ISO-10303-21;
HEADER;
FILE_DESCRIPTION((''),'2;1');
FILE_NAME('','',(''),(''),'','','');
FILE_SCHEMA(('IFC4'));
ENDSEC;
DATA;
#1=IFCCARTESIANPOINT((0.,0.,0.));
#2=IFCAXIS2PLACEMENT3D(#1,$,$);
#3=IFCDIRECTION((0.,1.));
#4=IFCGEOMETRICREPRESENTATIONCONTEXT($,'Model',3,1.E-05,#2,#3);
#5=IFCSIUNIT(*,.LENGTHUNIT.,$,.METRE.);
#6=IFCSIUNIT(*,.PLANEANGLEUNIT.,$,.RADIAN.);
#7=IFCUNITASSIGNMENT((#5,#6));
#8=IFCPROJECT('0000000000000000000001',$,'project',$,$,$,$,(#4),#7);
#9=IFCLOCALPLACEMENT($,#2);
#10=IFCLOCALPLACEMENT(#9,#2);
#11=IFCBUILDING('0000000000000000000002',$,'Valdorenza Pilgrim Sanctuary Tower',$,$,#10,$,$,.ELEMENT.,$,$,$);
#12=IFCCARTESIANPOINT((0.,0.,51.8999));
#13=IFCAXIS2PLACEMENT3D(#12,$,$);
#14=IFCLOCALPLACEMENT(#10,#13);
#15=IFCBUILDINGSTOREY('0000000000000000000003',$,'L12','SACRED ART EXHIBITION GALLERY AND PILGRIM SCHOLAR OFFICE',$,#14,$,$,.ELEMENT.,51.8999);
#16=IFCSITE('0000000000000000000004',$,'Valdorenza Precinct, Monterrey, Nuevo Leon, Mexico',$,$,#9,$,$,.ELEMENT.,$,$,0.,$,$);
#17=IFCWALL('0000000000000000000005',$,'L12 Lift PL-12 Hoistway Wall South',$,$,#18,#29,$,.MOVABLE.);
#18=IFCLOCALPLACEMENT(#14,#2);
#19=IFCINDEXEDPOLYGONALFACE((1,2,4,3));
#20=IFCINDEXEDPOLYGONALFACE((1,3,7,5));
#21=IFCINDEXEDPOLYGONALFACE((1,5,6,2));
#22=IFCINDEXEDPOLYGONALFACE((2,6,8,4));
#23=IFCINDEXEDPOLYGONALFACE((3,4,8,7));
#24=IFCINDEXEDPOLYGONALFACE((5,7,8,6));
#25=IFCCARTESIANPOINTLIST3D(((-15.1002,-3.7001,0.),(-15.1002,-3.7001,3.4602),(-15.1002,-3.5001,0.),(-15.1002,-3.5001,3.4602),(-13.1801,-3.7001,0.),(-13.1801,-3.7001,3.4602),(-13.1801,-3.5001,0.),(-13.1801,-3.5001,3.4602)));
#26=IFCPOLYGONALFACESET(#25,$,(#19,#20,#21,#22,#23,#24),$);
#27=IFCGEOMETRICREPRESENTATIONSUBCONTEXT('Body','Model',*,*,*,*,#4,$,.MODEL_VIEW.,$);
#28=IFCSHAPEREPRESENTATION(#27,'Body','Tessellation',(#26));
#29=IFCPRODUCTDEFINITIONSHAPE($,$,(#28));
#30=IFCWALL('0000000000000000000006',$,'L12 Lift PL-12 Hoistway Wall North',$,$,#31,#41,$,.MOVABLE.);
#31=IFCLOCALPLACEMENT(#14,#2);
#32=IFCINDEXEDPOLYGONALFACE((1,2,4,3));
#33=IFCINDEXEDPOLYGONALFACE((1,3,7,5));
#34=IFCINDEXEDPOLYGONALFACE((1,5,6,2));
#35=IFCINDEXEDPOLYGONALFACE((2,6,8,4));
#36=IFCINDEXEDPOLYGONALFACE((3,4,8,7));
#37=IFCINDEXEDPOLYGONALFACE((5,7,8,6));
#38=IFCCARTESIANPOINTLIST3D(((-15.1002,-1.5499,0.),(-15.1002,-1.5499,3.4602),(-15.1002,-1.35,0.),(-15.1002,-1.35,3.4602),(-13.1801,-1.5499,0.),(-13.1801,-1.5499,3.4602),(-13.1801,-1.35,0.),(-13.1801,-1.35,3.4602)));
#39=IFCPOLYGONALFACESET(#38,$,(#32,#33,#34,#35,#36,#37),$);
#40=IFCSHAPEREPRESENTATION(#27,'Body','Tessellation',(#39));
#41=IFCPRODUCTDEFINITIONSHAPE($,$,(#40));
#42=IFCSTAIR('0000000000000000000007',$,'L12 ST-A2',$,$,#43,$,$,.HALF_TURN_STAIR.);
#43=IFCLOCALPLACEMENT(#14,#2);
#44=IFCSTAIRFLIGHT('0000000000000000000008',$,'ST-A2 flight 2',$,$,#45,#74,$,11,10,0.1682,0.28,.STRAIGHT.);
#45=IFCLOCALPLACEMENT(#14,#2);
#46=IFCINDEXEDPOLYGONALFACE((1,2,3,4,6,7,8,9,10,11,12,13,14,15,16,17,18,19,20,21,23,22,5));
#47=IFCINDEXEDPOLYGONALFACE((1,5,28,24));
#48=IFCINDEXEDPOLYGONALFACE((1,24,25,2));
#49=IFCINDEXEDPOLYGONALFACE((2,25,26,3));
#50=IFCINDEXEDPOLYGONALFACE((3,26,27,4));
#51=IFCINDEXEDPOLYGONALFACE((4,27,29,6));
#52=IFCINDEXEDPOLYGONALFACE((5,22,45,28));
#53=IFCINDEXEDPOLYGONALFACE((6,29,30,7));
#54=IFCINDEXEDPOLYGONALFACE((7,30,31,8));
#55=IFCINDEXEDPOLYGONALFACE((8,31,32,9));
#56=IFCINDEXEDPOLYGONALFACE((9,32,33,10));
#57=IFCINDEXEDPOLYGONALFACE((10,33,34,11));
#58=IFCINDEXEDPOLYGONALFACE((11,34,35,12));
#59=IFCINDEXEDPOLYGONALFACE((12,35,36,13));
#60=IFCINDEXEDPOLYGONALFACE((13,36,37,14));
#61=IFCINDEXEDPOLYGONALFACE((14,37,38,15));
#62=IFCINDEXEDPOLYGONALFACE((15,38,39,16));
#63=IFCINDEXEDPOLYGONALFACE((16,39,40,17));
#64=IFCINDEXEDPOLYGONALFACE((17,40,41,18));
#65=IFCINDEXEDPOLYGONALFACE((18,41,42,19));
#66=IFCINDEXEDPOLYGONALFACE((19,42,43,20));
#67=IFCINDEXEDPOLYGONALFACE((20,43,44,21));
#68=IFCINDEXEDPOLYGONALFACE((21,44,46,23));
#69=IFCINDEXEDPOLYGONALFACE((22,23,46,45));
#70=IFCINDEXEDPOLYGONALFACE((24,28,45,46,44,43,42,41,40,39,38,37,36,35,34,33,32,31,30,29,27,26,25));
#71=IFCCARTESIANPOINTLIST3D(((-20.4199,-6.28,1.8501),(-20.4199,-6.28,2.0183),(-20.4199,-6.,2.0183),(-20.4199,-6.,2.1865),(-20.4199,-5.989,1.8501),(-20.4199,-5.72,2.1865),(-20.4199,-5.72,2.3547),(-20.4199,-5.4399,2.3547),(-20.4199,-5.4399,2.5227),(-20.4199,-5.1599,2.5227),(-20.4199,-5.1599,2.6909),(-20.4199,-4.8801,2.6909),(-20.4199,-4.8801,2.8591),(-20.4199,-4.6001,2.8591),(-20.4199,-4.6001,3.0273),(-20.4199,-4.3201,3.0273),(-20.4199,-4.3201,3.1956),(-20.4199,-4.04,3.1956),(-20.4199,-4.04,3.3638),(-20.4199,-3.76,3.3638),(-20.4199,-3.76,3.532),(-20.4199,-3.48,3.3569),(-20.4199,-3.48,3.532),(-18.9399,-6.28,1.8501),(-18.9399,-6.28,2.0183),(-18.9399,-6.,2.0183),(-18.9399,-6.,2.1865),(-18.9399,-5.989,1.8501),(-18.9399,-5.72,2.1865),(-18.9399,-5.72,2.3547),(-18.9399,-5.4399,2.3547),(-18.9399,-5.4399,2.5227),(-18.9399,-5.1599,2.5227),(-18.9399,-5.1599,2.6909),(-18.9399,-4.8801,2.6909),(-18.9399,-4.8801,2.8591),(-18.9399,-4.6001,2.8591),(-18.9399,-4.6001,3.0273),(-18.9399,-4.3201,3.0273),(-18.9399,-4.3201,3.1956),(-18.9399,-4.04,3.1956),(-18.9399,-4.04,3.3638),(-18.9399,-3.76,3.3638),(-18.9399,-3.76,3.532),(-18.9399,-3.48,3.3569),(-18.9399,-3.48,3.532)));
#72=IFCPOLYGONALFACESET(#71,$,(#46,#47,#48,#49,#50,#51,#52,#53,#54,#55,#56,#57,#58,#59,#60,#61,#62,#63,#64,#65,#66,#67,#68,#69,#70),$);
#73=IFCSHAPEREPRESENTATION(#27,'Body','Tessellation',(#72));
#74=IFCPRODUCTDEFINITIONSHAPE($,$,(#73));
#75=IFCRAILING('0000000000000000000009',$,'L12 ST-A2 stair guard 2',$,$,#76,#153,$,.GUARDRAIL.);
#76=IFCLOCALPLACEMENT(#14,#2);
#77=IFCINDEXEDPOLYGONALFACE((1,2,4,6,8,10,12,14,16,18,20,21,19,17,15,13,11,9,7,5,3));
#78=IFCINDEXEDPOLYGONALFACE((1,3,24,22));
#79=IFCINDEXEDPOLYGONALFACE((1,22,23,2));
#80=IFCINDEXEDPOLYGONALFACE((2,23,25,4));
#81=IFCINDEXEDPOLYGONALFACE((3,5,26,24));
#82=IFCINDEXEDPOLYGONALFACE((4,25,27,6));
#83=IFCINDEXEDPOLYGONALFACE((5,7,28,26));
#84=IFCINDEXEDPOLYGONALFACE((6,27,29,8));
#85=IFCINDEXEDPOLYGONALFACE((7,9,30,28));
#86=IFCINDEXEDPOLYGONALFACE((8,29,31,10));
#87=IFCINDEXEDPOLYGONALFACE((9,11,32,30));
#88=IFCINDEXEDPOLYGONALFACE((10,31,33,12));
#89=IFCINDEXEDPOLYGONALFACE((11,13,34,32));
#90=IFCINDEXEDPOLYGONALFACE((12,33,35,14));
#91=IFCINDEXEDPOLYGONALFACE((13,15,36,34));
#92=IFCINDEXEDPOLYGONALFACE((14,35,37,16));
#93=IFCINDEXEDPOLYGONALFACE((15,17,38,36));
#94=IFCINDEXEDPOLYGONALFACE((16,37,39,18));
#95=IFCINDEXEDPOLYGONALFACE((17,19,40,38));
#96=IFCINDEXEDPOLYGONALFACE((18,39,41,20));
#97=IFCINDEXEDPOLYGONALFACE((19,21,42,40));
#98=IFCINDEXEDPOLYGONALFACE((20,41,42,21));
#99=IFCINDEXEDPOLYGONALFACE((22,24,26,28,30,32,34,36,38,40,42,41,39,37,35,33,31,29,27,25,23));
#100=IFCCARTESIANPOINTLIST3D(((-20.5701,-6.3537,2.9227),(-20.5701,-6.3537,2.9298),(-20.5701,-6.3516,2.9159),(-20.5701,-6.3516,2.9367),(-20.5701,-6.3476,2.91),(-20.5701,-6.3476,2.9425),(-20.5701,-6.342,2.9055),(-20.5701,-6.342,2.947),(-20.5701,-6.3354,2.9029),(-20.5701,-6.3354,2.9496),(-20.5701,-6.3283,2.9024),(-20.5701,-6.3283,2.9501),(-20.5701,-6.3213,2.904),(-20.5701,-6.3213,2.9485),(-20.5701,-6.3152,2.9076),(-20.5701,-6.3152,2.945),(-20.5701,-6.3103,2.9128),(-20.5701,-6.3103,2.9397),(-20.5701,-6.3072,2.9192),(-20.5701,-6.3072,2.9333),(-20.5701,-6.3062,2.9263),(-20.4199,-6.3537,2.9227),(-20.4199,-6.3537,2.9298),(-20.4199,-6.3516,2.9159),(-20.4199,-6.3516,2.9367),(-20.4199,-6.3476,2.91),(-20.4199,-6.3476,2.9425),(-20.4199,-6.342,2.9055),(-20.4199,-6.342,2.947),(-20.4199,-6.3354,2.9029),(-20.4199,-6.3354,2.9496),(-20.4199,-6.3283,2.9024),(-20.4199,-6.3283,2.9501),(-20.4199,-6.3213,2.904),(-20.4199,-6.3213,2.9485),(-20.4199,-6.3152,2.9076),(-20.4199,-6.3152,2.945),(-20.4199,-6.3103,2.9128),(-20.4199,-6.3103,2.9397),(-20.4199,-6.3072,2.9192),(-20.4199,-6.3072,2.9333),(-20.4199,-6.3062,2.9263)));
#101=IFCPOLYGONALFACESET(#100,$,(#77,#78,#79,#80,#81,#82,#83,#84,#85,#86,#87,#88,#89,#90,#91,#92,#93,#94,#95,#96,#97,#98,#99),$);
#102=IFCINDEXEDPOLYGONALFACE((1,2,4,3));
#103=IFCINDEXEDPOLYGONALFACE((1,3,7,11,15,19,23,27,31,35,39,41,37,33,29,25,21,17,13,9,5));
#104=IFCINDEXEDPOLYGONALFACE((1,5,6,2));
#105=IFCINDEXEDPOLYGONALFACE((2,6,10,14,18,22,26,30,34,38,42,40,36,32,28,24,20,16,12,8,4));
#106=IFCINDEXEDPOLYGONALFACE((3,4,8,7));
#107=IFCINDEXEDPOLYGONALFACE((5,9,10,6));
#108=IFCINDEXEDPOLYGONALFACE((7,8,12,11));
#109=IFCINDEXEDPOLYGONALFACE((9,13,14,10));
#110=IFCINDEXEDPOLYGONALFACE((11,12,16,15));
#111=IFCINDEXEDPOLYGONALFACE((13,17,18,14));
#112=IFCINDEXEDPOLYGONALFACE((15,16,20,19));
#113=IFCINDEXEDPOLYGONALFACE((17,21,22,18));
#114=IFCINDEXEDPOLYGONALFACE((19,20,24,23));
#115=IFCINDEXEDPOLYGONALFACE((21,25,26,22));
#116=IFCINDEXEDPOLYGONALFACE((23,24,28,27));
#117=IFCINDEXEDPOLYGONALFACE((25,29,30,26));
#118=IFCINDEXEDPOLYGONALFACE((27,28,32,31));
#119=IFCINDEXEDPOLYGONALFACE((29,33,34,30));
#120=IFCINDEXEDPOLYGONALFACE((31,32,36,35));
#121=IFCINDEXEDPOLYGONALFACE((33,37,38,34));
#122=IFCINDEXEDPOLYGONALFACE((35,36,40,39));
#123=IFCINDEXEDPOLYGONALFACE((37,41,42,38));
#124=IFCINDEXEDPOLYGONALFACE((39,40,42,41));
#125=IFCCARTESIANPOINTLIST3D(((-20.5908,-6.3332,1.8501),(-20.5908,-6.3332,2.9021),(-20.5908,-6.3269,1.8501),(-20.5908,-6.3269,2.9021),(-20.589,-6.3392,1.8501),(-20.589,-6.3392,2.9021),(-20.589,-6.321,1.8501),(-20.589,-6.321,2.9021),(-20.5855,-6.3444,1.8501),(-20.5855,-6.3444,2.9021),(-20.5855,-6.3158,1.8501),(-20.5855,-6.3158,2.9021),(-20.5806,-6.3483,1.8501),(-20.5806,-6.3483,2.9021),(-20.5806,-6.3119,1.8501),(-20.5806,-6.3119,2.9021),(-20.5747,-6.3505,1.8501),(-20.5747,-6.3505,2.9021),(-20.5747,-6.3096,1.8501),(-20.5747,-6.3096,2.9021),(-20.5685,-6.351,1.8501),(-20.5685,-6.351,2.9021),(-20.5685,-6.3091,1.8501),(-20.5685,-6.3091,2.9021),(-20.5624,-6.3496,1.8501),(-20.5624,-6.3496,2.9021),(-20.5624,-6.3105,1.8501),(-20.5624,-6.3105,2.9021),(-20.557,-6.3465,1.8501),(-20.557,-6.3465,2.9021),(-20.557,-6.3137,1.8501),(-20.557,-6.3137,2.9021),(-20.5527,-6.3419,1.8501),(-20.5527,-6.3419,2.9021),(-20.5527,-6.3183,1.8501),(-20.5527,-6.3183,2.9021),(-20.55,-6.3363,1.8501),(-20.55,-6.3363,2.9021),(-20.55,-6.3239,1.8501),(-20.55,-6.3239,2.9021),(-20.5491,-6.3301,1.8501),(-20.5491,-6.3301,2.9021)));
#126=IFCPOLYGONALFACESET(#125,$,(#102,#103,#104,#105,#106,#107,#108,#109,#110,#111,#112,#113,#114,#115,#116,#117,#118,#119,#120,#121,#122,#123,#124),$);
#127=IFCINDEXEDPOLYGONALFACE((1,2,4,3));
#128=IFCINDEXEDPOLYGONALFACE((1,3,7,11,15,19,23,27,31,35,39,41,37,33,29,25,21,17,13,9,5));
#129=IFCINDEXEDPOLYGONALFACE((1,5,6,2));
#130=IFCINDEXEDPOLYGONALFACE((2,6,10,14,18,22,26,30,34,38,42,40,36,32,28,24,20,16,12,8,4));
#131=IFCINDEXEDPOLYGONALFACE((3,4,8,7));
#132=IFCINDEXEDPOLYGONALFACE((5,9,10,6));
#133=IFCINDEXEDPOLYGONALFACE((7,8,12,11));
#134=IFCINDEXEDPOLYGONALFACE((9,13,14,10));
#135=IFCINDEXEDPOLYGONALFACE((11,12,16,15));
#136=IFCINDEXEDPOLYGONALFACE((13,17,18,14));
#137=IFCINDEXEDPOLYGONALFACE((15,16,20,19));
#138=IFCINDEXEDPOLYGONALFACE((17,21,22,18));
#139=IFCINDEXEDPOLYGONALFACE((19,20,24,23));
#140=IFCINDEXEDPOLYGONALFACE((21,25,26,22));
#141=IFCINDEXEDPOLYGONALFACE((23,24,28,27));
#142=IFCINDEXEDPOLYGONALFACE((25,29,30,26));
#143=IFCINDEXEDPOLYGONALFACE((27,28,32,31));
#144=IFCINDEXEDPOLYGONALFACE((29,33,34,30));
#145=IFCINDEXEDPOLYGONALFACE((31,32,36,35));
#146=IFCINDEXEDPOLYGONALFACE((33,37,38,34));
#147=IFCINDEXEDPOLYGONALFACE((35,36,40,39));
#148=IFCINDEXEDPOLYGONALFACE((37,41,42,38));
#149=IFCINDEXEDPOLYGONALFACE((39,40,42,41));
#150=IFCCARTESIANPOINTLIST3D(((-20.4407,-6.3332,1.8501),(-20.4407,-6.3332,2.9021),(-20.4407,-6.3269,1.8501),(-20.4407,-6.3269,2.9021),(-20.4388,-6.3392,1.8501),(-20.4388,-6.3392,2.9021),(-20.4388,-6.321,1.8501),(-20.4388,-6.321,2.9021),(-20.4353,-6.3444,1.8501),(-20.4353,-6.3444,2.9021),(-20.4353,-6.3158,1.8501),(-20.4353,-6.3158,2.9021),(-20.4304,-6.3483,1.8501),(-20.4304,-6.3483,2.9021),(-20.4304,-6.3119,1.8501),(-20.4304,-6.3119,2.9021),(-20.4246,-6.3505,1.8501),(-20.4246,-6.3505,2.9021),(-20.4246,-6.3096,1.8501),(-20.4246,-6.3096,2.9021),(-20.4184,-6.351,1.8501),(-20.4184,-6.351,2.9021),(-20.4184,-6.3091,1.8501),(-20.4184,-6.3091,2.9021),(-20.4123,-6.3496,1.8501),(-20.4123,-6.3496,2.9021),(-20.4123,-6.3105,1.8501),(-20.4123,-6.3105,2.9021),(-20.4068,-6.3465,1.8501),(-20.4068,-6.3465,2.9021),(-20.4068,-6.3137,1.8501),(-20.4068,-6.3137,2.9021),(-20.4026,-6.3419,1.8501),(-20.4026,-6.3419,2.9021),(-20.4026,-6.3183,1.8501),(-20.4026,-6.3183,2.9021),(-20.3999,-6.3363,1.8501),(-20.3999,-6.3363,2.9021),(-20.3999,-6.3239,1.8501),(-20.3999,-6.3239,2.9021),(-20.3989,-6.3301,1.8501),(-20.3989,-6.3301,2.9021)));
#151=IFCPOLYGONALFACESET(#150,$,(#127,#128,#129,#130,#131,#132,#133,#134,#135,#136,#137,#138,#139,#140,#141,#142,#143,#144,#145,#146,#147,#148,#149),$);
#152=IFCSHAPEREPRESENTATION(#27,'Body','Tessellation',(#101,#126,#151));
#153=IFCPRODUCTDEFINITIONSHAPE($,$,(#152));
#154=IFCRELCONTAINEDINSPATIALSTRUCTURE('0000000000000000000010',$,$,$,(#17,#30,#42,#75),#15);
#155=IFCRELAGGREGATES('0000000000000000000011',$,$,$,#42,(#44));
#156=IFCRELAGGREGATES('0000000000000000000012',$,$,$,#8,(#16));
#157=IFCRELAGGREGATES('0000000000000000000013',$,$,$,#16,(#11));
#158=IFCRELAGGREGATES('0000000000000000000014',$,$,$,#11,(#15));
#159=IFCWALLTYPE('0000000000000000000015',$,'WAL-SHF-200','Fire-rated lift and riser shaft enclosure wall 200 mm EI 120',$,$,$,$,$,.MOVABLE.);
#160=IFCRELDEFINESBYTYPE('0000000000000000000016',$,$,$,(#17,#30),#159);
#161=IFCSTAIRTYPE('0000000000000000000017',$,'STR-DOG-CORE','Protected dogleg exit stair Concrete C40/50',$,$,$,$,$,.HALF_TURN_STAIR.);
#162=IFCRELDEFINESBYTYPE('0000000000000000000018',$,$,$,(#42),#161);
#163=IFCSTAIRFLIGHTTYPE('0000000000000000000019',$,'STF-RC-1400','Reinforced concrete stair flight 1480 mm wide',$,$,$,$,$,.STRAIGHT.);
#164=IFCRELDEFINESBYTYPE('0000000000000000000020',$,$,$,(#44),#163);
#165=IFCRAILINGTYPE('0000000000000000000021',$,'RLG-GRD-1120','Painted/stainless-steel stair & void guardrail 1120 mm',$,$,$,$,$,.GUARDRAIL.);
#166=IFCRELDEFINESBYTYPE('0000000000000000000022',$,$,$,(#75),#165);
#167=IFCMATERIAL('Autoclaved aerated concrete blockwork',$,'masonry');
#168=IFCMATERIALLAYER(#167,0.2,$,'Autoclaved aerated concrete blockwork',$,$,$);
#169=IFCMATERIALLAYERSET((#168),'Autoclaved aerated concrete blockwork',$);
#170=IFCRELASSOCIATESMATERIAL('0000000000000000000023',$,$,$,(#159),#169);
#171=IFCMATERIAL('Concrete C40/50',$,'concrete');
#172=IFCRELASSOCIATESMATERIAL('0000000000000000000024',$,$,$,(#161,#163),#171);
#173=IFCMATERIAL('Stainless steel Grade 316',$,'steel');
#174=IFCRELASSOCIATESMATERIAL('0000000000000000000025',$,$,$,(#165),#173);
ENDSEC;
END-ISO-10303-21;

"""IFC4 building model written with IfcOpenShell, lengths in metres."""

from ifc_helpers import new_model, si_unit, direction, frame, frame_2d, origin, origin_2d, place, context, subcontext, project, spatial, polyline, rectangle, circle, outline, extrude, material, layer, layer_set, type_object, element, aggregate, save


model = new_model("IFC4")

# Units and contexts
model_context = context("Model", 3, precision=1e-05, world=origin(), true_north=direction((0.0, 1.0)))
body_context = subcontext(model_context, "Body", "Model", "MODEL_VIEW")
ifc_project = project(units=[si_unit("LENGTHUNIT", "METRE"), si_unit("PLANEANGLEUNIT", "RADIAN")], contexts=[model_context])

# Site, building, storey
site_placement = place(None, origin())
site = spatial("IfcSite", under=ifc_project, at=site_placement, Name="Valdorenza Precinct, Monterrey, Nuevo Leon, Mexico", CompositionType="ELEMENT", RefElevation=0.0)
building_placement = place(site_placement, origin())
building = spatial("IfcBuilding", under=site, at=building_placement, Name="Valdorenza Pilgrim Sanctuary Tower", CompositionType="ELEMENT")
storey_placement = place(building_placement, frame((0.0, 0.0, 51.8999)))
storey = spatial("IfcBuildingStorey", under=building, at=storey_placement, Name="L12", Description="SACRED ART EXHIBITION GALLERY AND PILGRIM SCHOLAR OFFICE", CompositionType="ELEMENT", Elevation=51.8999)

# Shared definitions
ifc_material_1 = material(Name="Autoclaved aerated concrete blockwork", Category="masonry")
ifc_layer_1 = layer(ifc_material_1, 0.2, Name="Autoclaved aerated concrete blockwork")
ifc_layer_set_1 = layer_set([ifc_layer_1], Name="Autoclaved aerated concrete blockwork")
wall_type_1 = type_object("IfcWallType", Name="WAL-SHF-200", Description="Fire-rated lift and riser shaft enclosure wall 200 mm EI 120", PredefinedType="MOVABLE", material=ifc_layer_set_1)

# Walls
for number, where, z_axis, x_axis, name in (
    (1, (-15.1001, -3.6001, 0.0), (0.0, 0.0, 1.0), (1.0, 0.0, 0.0), "L12 Lift PL-12 Hoistway Wall South"),
    (2, (-15.1001, -1.45, 0.0), (0.0, 0.0, 1.0), (1.0, 0.0, 0.0), "L12 Lift PL-12 Hoistway Wall North"),
):
    element("IfcWall", number, at=place(storey_placement, frame(where, z_axis=z_axis, x_axis=x_axis)), inside=storey, type_object=wall_type_1, Name=name, PredefinedType="MOVABLE", context=body_context, shape_type="SweptSolid", body=[
        extrude(rectangle(XDim=1.9202, YDim=0.2, at=frame_2d((0.96, 0.0))), origin(), (0.0, 0.0, 1.0), 3.4602),
    ])

# Stair, stair flight
ifc_material_2 = material(Name="Concrete C40/50", Category="concrete")
stair_type = type_object("IfcStairType", Name="STR-DOG-CORE", Description="Protected dogleg exit stair Concrete C40/50", PredefinedType="HALF_TURN_STAIR", material=ifc_material_2)
stair_placement = place(storey_placement, origin())
stair = element("IfcStair", 3, at=stair_placement, inside=storey, type_object=stair_type, Name="L12 ST-A2", PredefinedType="HALF_TURN_STAIR")
stair_flight_type = type_object("IfcStairFlightType", Name="STF-RC-1400", Description="Reinforced concrete stair flight 1480 mm wide", PredefinedType="STRAIGHT", material=ifc_material_2)
stair_flight_placement = place(storey_placement, frame((-19.6799, -6.28, 1.8501), z_axis=(0.0, 0.0, 1.0), x_axis=(0.0, 1.0, 0.0)))
stair_flight = element("IfcStairFlight", 4, at=stair_flight_placement, type_object=stair_flight_type, Name="ST-A2 flight 2", NumberOfRisers=11, NumberOfTreads=10, PredefinedType="STRAIGHT", RiserHeight=0.1682, TreadLength=0.28, context=body_context, shape_type="SweptSolid", body=[
    extrude(outline(polyline([(0.0, 0.0), (0.0, 0.1682), (0.28, 0.1682), (0.28, 0.3364), (0.5601, 0.3364), (0.5601, 0.5046), (0.8401, 0.5046), (0.8401, 0.6726), (1.1201, 0.6726), (1.1201, 0.8408), (1.3999, 0.8408), (1.3999, 1.009), (1.6799, 1.009), (1.6799, 1.1772), (1.96, 1.1772), (1.96, 1.3455), (2.24, 1.3455), (2.24, 1.5137), (2.52, 1.5137), (2.52, 1.6819), (2.8, 1.6819), (2.8, 1.8501), (2.8, 1.5068), (0.291, 0.0), (0.0, 0.0)])), frame((0.0, 0.74, 0.0), z_axis=(0.0, -1.0, 0.0), x_axis=(1.0, 0.0, 0.0)), (0.0, 0.0, 1.0), 1.48),
])
aggregate(stair, [stair_flight])

# Railing
ifc_material_3 = material(Name="Stainless steel Grade 316", Category="steel")
railing_type_1 = type_object("IfcRailingType", Name="RLG-GRD-1120", Description="Painted/stainless-steel stair & void guardrail 1120 mm", PredefinedType="GUARDRAIL", material=ifc_material_3)
railing_1_placement = place(storey_placement, frame((-20.5701, -6.3301, 1.8501)))
element("IfcRailing", 5, at=railing_1_placement, inside=storey, type_object=railing_type_1, Name="L12 ST-A2 stair guard 2", PredefinedType="GUARDRAIL", context=body_context, shape_type="SweptSolid", body=[
    extrude(circle(Radius=0.0239, at=origin_2d()), frame((0.0, 0.0, 1.0762), z_axis=(1.0, 0.0, 0.0), x_axis=(0.0, 1.0, 0.0)), (0.0, 0.0, 1.0), 0.1501),
    extrude(circle(Radius=0.021, at=origin_2d()), origin(), (0.0, 0.0, 1.0), 1.052),
    extrude(circle(Radius=0.021, at=origin_2d()), frame((0.1501, 0.0, 0.0)), (0.0, 0.0, 1.0), 1.052),
])

save(model, "model.ifc")
